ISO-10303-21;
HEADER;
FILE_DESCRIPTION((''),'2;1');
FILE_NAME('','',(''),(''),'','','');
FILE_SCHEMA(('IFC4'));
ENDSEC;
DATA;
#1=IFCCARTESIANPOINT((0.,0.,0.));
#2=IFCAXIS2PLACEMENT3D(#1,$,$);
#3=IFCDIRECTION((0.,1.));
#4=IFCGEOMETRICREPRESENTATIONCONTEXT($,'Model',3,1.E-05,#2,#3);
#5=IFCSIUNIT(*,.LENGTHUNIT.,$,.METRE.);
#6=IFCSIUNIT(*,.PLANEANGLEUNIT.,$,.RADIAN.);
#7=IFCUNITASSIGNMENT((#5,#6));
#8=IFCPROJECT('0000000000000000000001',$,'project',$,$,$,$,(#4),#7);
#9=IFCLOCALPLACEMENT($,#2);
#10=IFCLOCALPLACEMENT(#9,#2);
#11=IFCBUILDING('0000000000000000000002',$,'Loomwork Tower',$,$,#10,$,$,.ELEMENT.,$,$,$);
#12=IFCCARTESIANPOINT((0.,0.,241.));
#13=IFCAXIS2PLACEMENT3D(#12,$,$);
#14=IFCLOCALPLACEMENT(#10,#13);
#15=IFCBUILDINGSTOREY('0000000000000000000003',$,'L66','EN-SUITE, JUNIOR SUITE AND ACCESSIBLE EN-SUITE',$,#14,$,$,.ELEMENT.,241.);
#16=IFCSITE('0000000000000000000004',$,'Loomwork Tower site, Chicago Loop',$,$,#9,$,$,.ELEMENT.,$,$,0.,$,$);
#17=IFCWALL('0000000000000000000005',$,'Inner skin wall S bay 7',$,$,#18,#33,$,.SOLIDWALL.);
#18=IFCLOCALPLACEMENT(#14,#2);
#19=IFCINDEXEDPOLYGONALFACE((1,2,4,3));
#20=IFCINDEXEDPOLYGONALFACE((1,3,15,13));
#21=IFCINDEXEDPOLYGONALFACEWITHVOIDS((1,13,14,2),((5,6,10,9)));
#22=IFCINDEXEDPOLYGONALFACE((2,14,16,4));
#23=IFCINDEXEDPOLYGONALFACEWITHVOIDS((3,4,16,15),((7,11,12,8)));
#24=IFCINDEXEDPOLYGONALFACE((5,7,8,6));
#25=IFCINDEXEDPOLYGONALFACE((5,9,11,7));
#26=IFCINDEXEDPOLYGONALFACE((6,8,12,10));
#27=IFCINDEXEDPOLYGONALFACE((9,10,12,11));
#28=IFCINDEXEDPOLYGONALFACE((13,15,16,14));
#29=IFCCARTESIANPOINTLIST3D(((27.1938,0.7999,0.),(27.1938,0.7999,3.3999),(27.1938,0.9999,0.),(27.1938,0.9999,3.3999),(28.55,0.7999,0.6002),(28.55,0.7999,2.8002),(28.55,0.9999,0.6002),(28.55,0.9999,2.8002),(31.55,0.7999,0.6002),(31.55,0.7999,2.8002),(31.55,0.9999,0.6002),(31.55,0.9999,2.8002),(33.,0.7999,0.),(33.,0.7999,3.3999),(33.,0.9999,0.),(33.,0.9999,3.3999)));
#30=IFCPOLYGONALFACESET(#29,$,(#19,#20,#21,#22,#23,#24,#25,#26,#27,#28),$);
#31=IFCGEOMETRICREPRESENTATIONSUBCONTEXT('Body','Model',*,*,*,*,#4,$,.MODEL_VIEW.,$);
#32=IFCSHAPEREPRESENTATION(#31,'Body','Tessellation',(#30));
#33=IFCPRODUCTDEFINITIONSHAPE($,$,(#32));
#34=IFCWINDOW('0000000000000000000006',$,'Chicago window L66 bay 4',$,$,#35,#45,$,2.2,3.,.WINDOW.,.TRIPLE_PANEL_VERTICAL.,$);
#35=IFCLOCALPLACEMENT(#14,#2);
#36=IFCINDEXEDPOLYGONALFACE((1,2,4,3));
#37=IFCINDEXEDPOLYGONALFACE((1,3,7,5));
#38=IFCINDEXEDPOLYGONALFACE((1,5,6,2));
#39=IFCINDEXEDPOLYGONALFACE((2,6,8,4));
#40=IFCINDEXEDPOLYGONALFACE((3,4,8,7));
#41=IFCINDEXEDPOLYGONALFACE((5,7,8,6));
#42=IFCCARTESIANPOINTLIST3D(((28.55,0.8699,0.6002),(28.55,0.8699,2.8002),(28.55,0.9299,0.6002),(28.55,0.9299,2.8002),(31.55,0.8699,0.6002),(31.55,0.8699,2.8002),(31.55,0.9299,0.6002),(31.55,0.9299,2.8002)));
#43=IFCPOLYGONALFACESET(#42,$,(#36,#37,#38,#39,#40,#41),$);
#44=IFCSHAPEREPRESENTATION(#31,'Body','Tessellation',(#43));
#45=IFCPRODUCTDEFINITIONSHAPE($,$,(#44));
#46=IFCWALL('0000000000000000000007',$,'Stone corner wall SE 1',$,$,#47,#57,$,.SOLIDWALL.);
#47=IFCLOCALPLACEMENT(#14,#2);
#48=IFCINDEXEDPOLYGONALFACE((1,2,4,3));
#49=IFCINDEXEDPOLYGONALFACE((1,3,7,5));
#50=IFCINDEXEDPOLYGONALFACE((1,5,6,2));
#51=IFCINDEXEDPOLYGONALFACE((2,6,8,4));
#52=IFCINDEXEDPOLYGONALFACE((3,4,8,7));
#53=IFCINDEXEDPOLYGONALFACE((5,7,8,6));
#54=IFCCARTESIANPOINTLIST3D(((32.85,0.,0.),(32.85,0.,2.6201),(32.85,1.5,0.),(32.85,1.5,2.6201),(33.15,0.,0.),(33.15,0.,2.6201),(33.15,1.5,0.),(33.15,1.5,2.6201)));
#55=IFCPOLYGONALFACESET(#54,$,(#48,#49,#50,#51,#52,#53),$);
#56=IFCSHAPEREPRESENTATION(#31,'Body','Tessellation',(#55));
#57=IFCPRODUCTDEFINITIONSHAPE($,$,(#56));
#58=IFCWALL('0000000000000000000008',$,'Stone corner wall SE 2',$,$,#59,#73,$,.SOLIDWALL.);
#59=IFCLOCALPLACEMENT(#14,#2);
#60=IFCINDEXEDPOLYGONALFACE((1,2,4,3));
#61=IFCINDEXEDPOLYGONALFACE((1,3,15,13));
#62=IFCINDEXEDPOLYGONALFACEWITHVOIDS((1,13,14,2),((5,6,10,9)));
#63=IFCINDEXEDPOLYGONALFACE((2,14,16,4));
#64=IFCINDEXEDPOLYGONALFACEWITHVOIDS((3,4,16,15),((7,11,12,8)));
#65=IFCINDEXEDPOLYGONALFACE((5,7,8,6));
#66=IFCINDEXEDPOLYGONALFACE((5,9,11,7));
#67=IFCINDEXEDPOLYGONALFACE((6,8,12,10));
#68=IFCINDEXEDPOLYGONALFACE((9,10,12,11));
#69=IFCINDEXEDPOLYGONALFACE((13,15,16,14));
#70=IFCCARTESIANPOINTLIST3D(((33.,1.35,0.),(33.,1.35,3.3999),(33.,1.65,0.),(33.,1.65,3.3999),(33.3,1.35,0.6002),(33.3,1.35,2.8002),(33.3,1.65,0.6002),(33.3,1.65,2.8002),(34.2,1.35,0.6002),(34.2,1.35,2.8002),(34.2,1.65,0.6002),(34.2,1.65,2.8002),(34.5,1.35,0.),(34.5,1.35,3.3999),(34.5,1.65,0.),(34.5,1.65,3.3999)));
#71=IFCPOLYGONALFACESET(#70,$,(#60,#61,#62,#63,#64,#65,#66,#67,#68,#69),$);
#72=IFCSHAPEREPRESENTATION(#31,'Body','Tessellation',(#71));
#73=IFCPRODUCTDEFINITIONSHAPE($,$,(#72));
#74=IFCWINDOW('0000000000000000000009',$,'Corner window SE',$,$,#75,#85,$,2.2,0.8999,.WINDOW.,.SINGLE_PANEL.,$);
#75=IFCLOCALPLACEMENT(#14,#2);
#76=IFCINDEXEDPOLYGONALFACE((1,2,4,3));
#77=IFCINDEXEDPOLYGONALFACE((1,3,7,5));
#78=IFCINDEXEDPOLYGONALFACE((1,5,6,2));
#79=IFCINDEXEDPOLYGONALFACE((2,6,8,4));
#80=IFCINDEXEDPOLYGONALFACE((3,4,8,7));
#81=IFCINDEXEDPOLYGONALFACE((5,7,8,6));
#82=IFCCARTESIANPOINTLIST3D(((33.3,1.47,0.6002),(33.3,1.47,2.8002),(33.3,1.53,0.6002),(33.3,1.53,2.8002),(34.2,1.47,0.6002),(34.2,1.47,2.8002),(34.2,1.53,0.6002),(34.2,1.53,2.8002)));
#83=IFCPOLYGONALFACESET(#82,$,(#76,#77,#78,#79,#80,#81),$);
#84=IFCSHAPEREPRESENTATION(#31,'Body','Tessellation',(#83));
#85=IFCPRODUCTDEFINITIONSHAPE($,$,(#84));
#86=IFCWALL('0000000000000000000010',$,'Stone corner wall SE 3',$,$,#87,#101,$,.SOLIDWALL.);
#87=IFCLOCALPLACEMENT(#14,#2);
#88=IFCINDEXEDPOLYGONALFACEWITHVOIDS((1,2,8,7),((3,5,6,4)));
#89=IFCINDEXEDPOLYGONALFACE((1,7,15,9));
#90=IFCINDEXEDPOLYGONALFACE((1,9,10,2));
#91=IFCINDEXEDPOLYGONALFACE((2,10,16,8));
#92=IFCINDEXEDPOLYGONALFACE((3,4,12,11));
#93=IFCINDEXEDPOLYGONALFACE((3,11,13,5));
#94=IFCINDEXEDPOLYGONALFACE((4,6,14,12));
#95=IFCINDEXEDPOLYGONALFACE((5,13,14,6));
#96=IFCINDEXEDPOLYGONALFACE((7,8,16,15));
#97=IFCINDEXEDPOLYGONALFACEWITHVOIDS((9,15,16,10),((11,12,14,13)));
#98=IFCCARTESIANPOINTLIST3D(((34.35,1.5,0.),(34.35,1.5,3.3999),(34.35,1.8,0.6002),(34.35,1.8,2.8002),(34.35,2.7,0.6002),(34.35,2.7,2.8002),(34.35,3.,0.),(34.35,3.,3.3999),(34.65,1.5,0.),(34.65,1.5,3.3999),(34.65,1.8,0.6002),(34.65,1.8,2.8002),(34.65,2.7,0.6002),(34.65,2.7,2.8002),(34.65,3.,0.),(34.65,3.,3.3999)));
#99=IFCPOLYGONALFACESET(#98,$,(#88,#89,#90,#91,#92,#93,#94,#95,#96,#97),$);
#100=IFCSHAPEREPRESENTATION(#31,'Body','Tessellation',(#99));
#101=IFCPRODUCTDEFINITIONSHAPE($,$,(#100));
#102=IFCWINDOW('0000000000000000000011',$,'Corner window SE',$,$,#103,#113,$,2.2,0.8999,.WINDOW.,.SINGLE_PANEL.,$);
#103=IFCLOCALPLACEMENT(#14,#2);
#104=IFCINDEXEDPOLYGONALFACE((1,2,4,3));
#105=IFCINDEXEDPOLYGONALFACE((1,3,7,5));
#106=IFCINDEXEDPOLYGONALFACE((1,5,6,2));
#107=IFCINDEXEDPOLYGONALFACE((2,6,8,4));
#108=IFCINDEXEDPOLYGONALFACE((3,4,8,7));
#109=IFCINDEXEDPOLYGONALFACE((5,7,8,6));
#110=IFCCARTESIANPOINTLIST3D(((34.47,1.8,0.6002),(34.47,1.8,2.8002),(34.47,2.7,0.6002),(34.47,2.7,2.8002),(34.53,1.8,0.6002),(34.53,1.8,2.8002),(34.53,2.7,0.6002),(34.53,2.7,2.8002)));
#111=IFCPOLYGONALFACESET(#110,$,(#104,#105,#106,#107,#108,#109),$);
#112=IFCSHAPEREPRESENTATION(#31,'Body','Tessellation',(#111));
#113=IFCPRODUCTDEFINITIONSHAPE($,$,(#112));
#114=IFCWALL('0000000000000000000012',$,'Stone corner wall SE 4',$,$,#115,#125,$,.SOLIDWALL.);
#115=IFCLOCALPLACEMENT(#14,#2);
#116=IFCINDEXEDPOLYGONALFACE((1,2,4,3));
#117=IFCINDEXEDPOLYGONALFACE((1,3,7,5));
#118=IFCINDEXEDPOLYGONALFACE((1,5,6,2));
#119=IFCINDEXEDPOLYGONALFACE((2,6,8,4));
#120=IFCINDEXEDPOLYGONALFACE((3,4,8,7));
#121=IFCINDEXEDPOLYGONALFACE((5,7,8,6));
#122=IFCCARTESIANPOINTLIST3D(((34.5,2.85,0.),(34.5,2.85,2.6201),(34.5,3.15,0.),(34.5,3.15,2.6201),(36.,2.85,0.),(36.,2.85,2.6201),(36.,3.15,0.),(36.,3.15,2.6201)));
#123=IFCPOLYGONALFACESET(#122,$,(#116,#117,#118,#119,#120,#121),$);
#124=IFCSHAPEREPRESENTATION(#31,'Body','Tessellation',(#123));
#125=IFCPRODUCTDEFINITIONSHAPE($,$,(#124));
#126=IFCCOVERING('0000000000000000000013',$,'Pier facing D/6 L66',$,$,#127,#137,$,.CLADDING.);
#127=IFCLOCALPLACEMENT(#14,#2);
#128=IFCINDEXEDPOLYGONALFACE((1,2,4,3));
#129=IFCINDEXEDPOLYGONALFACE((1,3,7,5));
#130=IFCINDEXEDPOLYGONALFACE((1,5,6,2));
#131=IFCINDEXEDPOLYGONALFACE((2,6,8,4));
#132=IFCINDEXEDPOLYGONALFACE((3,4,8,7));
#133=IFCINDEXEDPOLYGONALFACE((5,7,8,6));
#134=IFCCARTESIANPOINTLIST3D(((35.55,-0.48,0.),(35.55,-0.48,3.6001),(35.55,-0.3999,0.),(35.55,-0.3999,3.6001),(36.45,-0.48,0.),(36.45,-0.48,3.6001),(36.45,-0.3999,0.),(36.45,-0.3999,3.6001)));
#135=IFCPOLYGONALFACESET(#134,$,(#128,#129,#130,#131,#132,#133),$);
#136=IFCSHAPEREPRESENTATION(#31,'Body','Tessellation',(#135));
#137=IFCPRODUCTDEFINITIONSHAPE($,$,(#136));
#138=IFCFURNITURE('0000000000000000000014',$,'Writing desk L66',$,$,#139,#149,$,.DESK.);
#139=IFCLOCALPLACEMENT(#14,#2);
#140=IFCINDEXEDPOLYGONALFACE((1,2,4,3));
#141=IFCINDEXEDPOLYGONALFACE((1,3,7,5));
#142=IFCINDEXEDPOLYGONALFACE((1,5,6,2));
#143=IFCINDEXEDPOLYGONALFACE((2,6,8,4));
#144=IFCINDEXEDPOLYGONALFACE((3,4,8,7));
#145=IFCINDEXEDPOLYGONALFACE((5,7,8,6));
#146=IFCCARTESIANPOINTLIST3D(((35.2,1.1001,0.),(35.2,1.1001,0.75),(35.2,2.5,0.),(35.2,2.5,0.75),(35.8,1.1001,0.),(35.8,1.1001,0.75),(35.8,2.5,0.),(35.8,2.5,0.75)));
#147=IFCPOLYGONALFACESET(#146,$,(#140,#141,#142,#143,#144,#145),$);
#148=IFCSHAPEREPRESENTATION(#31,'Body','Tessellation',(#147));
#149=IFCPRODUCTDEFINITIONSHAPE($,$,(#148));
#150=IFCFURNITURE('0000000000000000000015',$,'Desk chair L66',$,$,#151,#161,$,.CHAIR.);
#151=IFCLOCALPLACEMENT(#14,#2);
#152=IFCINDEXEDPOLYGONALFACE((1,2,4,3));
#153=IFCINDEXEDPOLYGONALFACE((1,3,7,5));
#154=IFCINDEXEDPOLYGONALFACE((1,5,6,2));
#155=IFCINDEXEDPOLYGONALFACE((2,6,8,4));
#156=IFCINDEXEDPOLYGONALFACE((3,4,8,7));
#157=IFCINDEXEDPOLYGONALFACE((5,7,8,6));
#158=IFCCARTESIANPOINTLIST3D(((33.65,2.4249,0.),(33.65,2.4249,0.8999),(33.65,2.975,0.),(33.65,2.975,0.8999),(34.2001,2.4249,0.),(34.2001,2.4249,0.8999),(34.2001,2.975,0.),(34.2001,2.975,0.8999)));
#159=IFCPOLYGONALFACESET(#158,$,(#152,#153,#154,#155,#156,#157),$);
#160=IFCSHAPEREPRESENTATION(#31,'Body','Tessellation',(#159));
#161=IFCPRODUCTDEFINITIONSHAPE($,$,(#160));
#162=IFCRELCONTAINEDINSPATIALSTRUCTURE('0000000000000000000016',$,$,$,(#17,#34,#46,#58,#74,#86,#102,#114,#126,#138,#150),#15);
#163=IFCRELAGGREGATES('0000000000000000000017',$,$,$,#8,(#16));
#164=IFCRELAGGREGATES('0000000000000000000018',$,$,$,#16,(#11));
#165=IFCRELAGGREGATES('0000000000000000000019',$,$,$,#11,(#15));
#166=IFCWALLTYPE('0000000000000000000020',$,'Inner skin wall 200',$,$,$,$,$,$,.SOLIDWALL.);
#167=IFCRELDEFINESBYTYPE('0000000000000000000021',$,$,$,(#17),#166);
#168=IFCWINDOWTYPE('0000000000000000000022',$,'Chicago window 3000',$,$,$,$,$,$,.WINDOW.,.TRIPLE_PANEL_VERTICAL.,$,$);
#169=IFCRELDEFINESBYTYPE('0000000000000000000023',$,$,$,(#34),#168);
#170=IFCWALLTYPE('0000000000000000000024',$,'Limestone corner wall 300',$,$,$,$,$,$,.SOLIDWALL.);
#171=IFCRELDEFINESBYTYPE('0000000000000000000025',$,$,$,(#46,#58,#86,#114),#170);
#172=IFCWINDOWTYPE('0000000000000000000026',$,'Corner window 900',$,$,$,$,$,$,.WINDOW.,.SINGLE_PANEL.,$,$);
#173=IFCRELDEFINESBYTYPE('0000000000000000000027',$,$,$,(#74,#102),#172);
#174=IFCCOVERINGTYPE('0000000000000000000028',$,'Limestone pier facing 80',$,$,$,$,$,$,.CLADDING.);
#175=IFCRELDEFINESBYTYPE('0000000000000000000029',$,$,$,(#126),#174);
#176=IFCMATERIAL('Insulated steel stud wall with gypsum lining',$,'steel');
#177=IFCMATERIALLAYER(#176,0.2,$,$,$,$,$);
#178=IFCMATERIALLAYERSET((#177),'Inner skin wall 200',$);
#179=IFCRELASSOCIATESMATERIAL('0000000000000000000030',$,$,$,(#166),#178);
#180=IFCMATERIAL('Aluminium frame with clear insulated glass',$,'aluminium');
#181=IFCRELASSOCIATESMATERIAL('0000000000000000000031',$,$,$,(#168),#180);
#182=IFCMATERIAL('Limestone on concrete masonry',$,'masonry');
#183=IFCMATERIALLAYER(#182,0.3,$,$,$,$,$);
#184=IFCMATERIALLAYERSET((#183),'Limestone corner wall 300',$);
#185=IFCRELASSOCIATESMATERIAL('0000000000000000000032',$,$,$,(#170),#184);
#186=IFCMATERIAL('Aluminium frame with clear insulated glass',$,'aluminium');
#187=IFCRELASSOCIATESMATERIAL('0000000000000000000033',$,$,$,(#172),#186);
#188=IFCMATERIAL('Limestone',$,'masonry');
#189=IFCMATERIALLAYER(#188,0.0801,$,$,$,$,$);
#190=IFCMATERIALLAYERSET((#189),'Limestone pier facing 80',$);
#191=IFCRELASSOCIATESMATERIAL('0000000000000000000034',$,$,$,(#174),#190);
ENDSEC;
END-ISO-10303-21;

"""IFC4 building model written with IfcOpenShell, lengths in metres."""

from ifc_helpers import new_model, si_unit, direction, frame, frame_2d, origin, origin_2d, place, context, subcontext, project, spatial, rectangle, extrude, material, layer, layer_set, type_object, element, fill, save


model = new_model("IFC4")

# Units and contexts
model_context = context("Model", 3, precision=1e-05, world=origin(), true_north=direction((0.0, 1.0)))
body_context = subcontext(model_context, "Body", "Model", "MODEL_VIEW")
ifc_project = project(units=[si_unit("LENGTHUNIT", "METRE"), si_unit("PLANEANGLEUNIT", "RADIAN")], contexts=[model_context])

# Site, building, storey
site_placement = place(None, origin())
site = spatial("IfcSite", under=ifc_project, at=site_placement, Name="Loomwork Tower site, Chicago Loop", CompositionType="ELEMENT", RefElevation=0.0)
building_placement = place(site_placement, origin())
building = spatial("IfcBuilding", under=site, at=building_placement, Name="Loomwork Tower", CompositionType="ELEMENT")
storey_placement = place(building_placement, frame((0.0, 0.0, 241.0)))
storey = spatial("IfcBuildingStorey", under=building, at=storey_placement, Name="L66", Description="EN-SUITE, JUNIOR SUITE AND ACCESSIBLE EN-SUITE", CompositionType="ELEMENT", Elevation=241.0)

# Wall, opening, window
ifc_material_1 = material(Name="Insulated steel stud wall with gypsum lining", Category="steel")
ifc_layer_1 = layer(ifc_material_1, 0.2)
ifc_layer_set_1 = layer_set([ifc_layer_1], Name="Inner skin wall 200")
wall_type_1 = type_object("IfcWallType", Name="Inner skin wall 200", PredefinedType="SOLIDWALL", material=ifc_layer_set_1)
wall_1_placement = place(storey_placement, frame((27.1938, 0.8999, 0.0), z_axis=(0.0, 0.0, 1.0), x_axis=(1.0, 0.0, 0.0)))
wall_1 = element("IfcWall", 1, at=wall_1_placement, inside=storey, type_object=wall_type_1, Name="Inner skin wall S bay 7", PredefinedType="SOLIDWALL", context=body_context, shape_type="SweptSolid", body=[
    extrude(rectangle(XDim=5.8062, YDim=0.2, at=frame_2d((2.9031, 0.0))), origin(), (0.0, 0.0, 1.0), 3.3999),
])
opening_1_placement = place(wall_1_placement, frame((1.3562, 0.0, 0.6001)))
opening_1 = element("IfcOpeningElement", 2, at=opening_1_placement, cuts=wall_1, PredefinedType="OPENING", context=body_context, shape_type="SweptSolid", body=[
    extrude(rectangle(XDim=3.0, YDim=2.2, at=frame_2d((1.5, 1.1001))), frame((0.0, 0.1099, 0.0), z_axis=(0.0, -1.0, 0.0), x_axis=(1.0, 0.0, 0.0)), (0.0, 0.0, 1.0), 0.22),
])
ifc_material_2 = material(Name="Aluminium frame with clear insulated glass", Category="aluminium")
window_type_1 = type_object("IfcWindowType", Name="Chicago window 3000", PartitioningType="TRIPLE_PANEL_VERTICAL", PredefinedType="WINDOW", material=ifc_material_2)
window_1_placement = place(opening_1_placement, origin())
window_1 = element("IfcWindow", 3, at=window_1_placement, inside=storey, type_object=window_type_1, Name="Chicago window L66 bay 4", OverallHeight=2.2, OverallWidth=3.0, PartitioningType="TRIPLE_PANEL_VERTICAL", PredefinedType="WINDOW", context=body_context, shape_type="SweptSolid", body=[
    extrude(rectangle(XDim=3.0, YDim=2.2, at=frame_2d((1.5, 1.1001))), frame((0.0, 0.03, 0.0), z_axis=(0.0, -1.0, 0.0), x_axis=(1.0, 0.0, 0.0)), (0.0, 0.0, 1.0), 0.0601),
])
fill(opening_1, window_1)

# Wall
ifc_material_3 = material(Name="Limestone on concrete masonry", Category="masonry")
ifc_layer_2 = layer(ifc_material_3, 0.3)
ifc_layer_set_2 = layer_set([ifc_layer_2], Name="Limestone corner wall 300")
wall_type_2 = type_object("IfcWallType", Name="Limestone corner wall 300", PredefinedType="SOLIDWALL", material=ifc_layer_set_2)
wall_2_placement = place(storey_placement, frame((33.0, 0.0, 0.0), z_axis=(0.0, 0.0, 1.0), x_axis=(0.0, 1.0, 0.0)))
element("IfcWall", 4, at=wall_2_placement, inside=storey, type_object=wall_type_2, Name="Stone corner wall SE 1", PredefinedType="SOLIDWALL", context=body_context, shape_type="SweptSolid", body=[
    extrude(rectangle(XDim=1.5, YDim=0.3, at=frame_2d((0.75, 0.0))), origin(), (0.0, 0.0, 1.0), 2.6201),
])

# Walls, openings, windows
wall_3_placement = place(storey_placement, frame((33.0, 1.5, 0.0), z_axis=(0.0, 0.0, 1.0), x_axis=(1.0, 0.0, 0.0)))
wall_3 = element("IfcWall", 5, at=wall_3_placement, inside=storey, type_object=wall_type_2, Name="Stone corner wall SE 2", PredefinedType="SOLIDWALL", context=body_context, shape_type="SweptSolid", body=[
    extrude(rectangle(XDim=1.5, YDim=0.3, at=frame_2d((0.75, 0.0))), origin(), (0.0, 0.0, 1.0), 3.3999),
])
opening_2_placement = place(wall_3_placement, frame((0.3, 0.0, 0.6001)))
opening_2 = element("IfcOpeningElement", 6, at=opening_2_placement, cuts=wall_3, PredefinedType="OPENING", context=body_context, shape_type="SweptSolid", body=[
    extrude(rectangle(XDim=0.8999, YDim=2.2, at=frame_2d((0.45, 1.1001))), frame((0.0, 0.1599, 0.0), z_axis=(0.0, -1.0, 0.0), x_axis=(1.0, 0.0, 0.0)), (0.0, 0.0, 1.0), 0.3201),
])
ifc_material_4 = material(Name="Aluminium frame with clear insulated glass", Category="aluminium")
window_type_2 = type_object("IfcWindowType", Name="Corner window 900", PartitioningType="SINGLE_PANEL", PredefinedType="WINDOW", material=ifc_material_4)
window_2_placement = place(opening_2_placement, origin())
window_2 = element("IfcWindow", 7, at=window_2_placement, inside=storey, type_object=window_type_2, Name="Corner window SE", OverallHeight=2.2, OverallWidth=0.8999, PartitioningType="SINGLE_PANEL", PredefinedType="WINDOW", context=body_context, shape_type="SweptSolid", body=[
    extrude(rectangle(XDim=0.8999, YDim=2.2, at=frame_2d((0.45, 1.1001))), frame((0.0, 0.03, 0.0), z_axis=(0.0, -1.0, 0.0), x_axis=(1.0, 0.0, 0.0)), (0.0, 0.0, 1.0), 0.0601),
])
fill(opening_2, window_2)
wall_4_placement = place(storey_placement, frame((34.5, 1.5, 0.0), z_axis=(0.0, 0.0, 1.0), x_axis=(0.0, 1.0, 0.0)))
wall_4 = element("IfcWall", 8, at=wall_4_placement, inside=storey, type_object=wall_type_2, Name="Stone corner wall SE 3", PredefinedType="SOLIDWALL", context=body_context, shape_type="SweptSolid", body=[
    extrude(rectangle(XDim=1.5, YDim=0.3, at=frame_2d((0.75, 0.0))), origin(), (0.0, 0.0, 1.0), 3.3999),
])
opening_3_placement = place(wall_4_placement, frame((0.3, 0.0, 0.6001)))
opening_3 = element("IfcOpeningElement", 9, at=opening_3_placement, cuts=wall_4, PredefinedType="OPENING", context=body_context, shape_type="SweptSolid", body=[
    extrude(rectangle(XDim=0.8999, YDim=2.2, at=frame_2d((0.45, 1.1001))), frame((0.0, 0.1599, 0.0), z_axis=(0.0, -1.0, 0.0), x_axis=(1.0, 0.0, 0.0)), (0.0, 0.0, 1.0), 0.3201),
])
window_3_placement = place(opening_3_placement, origin())
window_3 = element("IfcWindow", 10, at=window_3_placement, inside=storey, type_object=window_type_2, Name="Corner window SE", OverallHeight=2.2, OverallWidth=0.8999, PartitioningType="SINGLE_PANEL", PredefinedType="WINDOW", context=body_context, shape_type="SweptSolid", body=[
    extrude(rectangle(XDim=0.8999, YDim=2.2, at=frame_2d((0.45, 1.1001))), frame((0.0, 0.03, 0.0), z_axis=(0.0, -1.0, 0.0), x_axis=(1.0, 0.0, 0.0)), (0.0, 0.0, 1.0), 0.0601),
])
fill(opening_3, window_3)

# Wall
wall_5_placement = place(storey_placement, frame((34.5, 3.0, 0.0), z_axis=(0.0, 0.0, 1.0), x_axis=(1.0, 0.0, 0.0)))
element("IfcWall", 11, at=wall_5_placement, inside=storey, type_object=wall_type_2, Name="Stone corner wall SE 4", PredefinedType="SOLIDWALL", context=body_context, shape_type="SweptSolid", body=[
    extrude(rectangle(XDim=1.5, YDim=0.3, at=frame_2d((0.75, 0.0))), origin(), (0.0, 0.0, 1.0), 2.6201),
])

# Covering
ifc_material_5 = material(Name="Limestone", Category="masonry")
ifc_layer_3 = layer(ifc_material_5, 0.0801)
ifc_layer_set_3 = layer_set([ifc_layer_3], Name="Limestone pier facing 80")
covering_type = type_object("IfcCoveringType", Name="Limestone pier facing 80", PredefinedType="CLADDING", material=ifc_layer_set_3)
covering_placement = place(storey_placement, frame((36.0, -0.4399, 0.0), z_axis=(0.0, 0.0, 1.0), x_axis=(1.0, 0.0, 0.0)))
element("IfcCovering", 12, at=covering_placement, inside=storey, type_object=covering_type, Name="Pier facing D/6 L66", PredefinedType="CLADDING", context=body_context, shape_type="SweptSolid", body=[
    extrude(rectangle(XDim=0.8999, YDim=0.0801, at=origin_2d()), origin(), (0.0, 0.0, 1.0), 3.6001),
])

# Furniture
furniture_1_placement = place(storey_placement, frame((35.5, 1.8, 0.0), z_axis=(0.0, 0.0, 1.0), x_axis=(1.0, 0.0, 0.0)))
element("IfcFurniture", 13, at=furniture_1_placement, inside=storey, Name="Writing desk L66", PredefinedType="DESK", context=body_context, shape_type="SweptSolid", body=[
    extrude(rectangle(XDim=0.6001, YDim=1.3999, at=origin_2d()), origin(), (0.0, 0.0, 1.0), 0.75),
])
furniture_2_placement = place(storey_placement, frame((33.925, 2.7, 0.0), z_axis=(0.0, 0.0, 1.0), x_axis=(1.0, 0.0, 0.0)))
element("IfcFurniture", 14, at=furniture_2_placement, inside=storey, Name="Desk chair L66", PredefinedType="CHAIR", context=body_context, shape_type="SweptSolid", body=[
    extrude(rectangle(XDim=0.55, YDim=0.55, at=origin_2d()), origin(), (0.0, 0.0, 1.0), 0.8999),
])

save(model, "model.ifc")
